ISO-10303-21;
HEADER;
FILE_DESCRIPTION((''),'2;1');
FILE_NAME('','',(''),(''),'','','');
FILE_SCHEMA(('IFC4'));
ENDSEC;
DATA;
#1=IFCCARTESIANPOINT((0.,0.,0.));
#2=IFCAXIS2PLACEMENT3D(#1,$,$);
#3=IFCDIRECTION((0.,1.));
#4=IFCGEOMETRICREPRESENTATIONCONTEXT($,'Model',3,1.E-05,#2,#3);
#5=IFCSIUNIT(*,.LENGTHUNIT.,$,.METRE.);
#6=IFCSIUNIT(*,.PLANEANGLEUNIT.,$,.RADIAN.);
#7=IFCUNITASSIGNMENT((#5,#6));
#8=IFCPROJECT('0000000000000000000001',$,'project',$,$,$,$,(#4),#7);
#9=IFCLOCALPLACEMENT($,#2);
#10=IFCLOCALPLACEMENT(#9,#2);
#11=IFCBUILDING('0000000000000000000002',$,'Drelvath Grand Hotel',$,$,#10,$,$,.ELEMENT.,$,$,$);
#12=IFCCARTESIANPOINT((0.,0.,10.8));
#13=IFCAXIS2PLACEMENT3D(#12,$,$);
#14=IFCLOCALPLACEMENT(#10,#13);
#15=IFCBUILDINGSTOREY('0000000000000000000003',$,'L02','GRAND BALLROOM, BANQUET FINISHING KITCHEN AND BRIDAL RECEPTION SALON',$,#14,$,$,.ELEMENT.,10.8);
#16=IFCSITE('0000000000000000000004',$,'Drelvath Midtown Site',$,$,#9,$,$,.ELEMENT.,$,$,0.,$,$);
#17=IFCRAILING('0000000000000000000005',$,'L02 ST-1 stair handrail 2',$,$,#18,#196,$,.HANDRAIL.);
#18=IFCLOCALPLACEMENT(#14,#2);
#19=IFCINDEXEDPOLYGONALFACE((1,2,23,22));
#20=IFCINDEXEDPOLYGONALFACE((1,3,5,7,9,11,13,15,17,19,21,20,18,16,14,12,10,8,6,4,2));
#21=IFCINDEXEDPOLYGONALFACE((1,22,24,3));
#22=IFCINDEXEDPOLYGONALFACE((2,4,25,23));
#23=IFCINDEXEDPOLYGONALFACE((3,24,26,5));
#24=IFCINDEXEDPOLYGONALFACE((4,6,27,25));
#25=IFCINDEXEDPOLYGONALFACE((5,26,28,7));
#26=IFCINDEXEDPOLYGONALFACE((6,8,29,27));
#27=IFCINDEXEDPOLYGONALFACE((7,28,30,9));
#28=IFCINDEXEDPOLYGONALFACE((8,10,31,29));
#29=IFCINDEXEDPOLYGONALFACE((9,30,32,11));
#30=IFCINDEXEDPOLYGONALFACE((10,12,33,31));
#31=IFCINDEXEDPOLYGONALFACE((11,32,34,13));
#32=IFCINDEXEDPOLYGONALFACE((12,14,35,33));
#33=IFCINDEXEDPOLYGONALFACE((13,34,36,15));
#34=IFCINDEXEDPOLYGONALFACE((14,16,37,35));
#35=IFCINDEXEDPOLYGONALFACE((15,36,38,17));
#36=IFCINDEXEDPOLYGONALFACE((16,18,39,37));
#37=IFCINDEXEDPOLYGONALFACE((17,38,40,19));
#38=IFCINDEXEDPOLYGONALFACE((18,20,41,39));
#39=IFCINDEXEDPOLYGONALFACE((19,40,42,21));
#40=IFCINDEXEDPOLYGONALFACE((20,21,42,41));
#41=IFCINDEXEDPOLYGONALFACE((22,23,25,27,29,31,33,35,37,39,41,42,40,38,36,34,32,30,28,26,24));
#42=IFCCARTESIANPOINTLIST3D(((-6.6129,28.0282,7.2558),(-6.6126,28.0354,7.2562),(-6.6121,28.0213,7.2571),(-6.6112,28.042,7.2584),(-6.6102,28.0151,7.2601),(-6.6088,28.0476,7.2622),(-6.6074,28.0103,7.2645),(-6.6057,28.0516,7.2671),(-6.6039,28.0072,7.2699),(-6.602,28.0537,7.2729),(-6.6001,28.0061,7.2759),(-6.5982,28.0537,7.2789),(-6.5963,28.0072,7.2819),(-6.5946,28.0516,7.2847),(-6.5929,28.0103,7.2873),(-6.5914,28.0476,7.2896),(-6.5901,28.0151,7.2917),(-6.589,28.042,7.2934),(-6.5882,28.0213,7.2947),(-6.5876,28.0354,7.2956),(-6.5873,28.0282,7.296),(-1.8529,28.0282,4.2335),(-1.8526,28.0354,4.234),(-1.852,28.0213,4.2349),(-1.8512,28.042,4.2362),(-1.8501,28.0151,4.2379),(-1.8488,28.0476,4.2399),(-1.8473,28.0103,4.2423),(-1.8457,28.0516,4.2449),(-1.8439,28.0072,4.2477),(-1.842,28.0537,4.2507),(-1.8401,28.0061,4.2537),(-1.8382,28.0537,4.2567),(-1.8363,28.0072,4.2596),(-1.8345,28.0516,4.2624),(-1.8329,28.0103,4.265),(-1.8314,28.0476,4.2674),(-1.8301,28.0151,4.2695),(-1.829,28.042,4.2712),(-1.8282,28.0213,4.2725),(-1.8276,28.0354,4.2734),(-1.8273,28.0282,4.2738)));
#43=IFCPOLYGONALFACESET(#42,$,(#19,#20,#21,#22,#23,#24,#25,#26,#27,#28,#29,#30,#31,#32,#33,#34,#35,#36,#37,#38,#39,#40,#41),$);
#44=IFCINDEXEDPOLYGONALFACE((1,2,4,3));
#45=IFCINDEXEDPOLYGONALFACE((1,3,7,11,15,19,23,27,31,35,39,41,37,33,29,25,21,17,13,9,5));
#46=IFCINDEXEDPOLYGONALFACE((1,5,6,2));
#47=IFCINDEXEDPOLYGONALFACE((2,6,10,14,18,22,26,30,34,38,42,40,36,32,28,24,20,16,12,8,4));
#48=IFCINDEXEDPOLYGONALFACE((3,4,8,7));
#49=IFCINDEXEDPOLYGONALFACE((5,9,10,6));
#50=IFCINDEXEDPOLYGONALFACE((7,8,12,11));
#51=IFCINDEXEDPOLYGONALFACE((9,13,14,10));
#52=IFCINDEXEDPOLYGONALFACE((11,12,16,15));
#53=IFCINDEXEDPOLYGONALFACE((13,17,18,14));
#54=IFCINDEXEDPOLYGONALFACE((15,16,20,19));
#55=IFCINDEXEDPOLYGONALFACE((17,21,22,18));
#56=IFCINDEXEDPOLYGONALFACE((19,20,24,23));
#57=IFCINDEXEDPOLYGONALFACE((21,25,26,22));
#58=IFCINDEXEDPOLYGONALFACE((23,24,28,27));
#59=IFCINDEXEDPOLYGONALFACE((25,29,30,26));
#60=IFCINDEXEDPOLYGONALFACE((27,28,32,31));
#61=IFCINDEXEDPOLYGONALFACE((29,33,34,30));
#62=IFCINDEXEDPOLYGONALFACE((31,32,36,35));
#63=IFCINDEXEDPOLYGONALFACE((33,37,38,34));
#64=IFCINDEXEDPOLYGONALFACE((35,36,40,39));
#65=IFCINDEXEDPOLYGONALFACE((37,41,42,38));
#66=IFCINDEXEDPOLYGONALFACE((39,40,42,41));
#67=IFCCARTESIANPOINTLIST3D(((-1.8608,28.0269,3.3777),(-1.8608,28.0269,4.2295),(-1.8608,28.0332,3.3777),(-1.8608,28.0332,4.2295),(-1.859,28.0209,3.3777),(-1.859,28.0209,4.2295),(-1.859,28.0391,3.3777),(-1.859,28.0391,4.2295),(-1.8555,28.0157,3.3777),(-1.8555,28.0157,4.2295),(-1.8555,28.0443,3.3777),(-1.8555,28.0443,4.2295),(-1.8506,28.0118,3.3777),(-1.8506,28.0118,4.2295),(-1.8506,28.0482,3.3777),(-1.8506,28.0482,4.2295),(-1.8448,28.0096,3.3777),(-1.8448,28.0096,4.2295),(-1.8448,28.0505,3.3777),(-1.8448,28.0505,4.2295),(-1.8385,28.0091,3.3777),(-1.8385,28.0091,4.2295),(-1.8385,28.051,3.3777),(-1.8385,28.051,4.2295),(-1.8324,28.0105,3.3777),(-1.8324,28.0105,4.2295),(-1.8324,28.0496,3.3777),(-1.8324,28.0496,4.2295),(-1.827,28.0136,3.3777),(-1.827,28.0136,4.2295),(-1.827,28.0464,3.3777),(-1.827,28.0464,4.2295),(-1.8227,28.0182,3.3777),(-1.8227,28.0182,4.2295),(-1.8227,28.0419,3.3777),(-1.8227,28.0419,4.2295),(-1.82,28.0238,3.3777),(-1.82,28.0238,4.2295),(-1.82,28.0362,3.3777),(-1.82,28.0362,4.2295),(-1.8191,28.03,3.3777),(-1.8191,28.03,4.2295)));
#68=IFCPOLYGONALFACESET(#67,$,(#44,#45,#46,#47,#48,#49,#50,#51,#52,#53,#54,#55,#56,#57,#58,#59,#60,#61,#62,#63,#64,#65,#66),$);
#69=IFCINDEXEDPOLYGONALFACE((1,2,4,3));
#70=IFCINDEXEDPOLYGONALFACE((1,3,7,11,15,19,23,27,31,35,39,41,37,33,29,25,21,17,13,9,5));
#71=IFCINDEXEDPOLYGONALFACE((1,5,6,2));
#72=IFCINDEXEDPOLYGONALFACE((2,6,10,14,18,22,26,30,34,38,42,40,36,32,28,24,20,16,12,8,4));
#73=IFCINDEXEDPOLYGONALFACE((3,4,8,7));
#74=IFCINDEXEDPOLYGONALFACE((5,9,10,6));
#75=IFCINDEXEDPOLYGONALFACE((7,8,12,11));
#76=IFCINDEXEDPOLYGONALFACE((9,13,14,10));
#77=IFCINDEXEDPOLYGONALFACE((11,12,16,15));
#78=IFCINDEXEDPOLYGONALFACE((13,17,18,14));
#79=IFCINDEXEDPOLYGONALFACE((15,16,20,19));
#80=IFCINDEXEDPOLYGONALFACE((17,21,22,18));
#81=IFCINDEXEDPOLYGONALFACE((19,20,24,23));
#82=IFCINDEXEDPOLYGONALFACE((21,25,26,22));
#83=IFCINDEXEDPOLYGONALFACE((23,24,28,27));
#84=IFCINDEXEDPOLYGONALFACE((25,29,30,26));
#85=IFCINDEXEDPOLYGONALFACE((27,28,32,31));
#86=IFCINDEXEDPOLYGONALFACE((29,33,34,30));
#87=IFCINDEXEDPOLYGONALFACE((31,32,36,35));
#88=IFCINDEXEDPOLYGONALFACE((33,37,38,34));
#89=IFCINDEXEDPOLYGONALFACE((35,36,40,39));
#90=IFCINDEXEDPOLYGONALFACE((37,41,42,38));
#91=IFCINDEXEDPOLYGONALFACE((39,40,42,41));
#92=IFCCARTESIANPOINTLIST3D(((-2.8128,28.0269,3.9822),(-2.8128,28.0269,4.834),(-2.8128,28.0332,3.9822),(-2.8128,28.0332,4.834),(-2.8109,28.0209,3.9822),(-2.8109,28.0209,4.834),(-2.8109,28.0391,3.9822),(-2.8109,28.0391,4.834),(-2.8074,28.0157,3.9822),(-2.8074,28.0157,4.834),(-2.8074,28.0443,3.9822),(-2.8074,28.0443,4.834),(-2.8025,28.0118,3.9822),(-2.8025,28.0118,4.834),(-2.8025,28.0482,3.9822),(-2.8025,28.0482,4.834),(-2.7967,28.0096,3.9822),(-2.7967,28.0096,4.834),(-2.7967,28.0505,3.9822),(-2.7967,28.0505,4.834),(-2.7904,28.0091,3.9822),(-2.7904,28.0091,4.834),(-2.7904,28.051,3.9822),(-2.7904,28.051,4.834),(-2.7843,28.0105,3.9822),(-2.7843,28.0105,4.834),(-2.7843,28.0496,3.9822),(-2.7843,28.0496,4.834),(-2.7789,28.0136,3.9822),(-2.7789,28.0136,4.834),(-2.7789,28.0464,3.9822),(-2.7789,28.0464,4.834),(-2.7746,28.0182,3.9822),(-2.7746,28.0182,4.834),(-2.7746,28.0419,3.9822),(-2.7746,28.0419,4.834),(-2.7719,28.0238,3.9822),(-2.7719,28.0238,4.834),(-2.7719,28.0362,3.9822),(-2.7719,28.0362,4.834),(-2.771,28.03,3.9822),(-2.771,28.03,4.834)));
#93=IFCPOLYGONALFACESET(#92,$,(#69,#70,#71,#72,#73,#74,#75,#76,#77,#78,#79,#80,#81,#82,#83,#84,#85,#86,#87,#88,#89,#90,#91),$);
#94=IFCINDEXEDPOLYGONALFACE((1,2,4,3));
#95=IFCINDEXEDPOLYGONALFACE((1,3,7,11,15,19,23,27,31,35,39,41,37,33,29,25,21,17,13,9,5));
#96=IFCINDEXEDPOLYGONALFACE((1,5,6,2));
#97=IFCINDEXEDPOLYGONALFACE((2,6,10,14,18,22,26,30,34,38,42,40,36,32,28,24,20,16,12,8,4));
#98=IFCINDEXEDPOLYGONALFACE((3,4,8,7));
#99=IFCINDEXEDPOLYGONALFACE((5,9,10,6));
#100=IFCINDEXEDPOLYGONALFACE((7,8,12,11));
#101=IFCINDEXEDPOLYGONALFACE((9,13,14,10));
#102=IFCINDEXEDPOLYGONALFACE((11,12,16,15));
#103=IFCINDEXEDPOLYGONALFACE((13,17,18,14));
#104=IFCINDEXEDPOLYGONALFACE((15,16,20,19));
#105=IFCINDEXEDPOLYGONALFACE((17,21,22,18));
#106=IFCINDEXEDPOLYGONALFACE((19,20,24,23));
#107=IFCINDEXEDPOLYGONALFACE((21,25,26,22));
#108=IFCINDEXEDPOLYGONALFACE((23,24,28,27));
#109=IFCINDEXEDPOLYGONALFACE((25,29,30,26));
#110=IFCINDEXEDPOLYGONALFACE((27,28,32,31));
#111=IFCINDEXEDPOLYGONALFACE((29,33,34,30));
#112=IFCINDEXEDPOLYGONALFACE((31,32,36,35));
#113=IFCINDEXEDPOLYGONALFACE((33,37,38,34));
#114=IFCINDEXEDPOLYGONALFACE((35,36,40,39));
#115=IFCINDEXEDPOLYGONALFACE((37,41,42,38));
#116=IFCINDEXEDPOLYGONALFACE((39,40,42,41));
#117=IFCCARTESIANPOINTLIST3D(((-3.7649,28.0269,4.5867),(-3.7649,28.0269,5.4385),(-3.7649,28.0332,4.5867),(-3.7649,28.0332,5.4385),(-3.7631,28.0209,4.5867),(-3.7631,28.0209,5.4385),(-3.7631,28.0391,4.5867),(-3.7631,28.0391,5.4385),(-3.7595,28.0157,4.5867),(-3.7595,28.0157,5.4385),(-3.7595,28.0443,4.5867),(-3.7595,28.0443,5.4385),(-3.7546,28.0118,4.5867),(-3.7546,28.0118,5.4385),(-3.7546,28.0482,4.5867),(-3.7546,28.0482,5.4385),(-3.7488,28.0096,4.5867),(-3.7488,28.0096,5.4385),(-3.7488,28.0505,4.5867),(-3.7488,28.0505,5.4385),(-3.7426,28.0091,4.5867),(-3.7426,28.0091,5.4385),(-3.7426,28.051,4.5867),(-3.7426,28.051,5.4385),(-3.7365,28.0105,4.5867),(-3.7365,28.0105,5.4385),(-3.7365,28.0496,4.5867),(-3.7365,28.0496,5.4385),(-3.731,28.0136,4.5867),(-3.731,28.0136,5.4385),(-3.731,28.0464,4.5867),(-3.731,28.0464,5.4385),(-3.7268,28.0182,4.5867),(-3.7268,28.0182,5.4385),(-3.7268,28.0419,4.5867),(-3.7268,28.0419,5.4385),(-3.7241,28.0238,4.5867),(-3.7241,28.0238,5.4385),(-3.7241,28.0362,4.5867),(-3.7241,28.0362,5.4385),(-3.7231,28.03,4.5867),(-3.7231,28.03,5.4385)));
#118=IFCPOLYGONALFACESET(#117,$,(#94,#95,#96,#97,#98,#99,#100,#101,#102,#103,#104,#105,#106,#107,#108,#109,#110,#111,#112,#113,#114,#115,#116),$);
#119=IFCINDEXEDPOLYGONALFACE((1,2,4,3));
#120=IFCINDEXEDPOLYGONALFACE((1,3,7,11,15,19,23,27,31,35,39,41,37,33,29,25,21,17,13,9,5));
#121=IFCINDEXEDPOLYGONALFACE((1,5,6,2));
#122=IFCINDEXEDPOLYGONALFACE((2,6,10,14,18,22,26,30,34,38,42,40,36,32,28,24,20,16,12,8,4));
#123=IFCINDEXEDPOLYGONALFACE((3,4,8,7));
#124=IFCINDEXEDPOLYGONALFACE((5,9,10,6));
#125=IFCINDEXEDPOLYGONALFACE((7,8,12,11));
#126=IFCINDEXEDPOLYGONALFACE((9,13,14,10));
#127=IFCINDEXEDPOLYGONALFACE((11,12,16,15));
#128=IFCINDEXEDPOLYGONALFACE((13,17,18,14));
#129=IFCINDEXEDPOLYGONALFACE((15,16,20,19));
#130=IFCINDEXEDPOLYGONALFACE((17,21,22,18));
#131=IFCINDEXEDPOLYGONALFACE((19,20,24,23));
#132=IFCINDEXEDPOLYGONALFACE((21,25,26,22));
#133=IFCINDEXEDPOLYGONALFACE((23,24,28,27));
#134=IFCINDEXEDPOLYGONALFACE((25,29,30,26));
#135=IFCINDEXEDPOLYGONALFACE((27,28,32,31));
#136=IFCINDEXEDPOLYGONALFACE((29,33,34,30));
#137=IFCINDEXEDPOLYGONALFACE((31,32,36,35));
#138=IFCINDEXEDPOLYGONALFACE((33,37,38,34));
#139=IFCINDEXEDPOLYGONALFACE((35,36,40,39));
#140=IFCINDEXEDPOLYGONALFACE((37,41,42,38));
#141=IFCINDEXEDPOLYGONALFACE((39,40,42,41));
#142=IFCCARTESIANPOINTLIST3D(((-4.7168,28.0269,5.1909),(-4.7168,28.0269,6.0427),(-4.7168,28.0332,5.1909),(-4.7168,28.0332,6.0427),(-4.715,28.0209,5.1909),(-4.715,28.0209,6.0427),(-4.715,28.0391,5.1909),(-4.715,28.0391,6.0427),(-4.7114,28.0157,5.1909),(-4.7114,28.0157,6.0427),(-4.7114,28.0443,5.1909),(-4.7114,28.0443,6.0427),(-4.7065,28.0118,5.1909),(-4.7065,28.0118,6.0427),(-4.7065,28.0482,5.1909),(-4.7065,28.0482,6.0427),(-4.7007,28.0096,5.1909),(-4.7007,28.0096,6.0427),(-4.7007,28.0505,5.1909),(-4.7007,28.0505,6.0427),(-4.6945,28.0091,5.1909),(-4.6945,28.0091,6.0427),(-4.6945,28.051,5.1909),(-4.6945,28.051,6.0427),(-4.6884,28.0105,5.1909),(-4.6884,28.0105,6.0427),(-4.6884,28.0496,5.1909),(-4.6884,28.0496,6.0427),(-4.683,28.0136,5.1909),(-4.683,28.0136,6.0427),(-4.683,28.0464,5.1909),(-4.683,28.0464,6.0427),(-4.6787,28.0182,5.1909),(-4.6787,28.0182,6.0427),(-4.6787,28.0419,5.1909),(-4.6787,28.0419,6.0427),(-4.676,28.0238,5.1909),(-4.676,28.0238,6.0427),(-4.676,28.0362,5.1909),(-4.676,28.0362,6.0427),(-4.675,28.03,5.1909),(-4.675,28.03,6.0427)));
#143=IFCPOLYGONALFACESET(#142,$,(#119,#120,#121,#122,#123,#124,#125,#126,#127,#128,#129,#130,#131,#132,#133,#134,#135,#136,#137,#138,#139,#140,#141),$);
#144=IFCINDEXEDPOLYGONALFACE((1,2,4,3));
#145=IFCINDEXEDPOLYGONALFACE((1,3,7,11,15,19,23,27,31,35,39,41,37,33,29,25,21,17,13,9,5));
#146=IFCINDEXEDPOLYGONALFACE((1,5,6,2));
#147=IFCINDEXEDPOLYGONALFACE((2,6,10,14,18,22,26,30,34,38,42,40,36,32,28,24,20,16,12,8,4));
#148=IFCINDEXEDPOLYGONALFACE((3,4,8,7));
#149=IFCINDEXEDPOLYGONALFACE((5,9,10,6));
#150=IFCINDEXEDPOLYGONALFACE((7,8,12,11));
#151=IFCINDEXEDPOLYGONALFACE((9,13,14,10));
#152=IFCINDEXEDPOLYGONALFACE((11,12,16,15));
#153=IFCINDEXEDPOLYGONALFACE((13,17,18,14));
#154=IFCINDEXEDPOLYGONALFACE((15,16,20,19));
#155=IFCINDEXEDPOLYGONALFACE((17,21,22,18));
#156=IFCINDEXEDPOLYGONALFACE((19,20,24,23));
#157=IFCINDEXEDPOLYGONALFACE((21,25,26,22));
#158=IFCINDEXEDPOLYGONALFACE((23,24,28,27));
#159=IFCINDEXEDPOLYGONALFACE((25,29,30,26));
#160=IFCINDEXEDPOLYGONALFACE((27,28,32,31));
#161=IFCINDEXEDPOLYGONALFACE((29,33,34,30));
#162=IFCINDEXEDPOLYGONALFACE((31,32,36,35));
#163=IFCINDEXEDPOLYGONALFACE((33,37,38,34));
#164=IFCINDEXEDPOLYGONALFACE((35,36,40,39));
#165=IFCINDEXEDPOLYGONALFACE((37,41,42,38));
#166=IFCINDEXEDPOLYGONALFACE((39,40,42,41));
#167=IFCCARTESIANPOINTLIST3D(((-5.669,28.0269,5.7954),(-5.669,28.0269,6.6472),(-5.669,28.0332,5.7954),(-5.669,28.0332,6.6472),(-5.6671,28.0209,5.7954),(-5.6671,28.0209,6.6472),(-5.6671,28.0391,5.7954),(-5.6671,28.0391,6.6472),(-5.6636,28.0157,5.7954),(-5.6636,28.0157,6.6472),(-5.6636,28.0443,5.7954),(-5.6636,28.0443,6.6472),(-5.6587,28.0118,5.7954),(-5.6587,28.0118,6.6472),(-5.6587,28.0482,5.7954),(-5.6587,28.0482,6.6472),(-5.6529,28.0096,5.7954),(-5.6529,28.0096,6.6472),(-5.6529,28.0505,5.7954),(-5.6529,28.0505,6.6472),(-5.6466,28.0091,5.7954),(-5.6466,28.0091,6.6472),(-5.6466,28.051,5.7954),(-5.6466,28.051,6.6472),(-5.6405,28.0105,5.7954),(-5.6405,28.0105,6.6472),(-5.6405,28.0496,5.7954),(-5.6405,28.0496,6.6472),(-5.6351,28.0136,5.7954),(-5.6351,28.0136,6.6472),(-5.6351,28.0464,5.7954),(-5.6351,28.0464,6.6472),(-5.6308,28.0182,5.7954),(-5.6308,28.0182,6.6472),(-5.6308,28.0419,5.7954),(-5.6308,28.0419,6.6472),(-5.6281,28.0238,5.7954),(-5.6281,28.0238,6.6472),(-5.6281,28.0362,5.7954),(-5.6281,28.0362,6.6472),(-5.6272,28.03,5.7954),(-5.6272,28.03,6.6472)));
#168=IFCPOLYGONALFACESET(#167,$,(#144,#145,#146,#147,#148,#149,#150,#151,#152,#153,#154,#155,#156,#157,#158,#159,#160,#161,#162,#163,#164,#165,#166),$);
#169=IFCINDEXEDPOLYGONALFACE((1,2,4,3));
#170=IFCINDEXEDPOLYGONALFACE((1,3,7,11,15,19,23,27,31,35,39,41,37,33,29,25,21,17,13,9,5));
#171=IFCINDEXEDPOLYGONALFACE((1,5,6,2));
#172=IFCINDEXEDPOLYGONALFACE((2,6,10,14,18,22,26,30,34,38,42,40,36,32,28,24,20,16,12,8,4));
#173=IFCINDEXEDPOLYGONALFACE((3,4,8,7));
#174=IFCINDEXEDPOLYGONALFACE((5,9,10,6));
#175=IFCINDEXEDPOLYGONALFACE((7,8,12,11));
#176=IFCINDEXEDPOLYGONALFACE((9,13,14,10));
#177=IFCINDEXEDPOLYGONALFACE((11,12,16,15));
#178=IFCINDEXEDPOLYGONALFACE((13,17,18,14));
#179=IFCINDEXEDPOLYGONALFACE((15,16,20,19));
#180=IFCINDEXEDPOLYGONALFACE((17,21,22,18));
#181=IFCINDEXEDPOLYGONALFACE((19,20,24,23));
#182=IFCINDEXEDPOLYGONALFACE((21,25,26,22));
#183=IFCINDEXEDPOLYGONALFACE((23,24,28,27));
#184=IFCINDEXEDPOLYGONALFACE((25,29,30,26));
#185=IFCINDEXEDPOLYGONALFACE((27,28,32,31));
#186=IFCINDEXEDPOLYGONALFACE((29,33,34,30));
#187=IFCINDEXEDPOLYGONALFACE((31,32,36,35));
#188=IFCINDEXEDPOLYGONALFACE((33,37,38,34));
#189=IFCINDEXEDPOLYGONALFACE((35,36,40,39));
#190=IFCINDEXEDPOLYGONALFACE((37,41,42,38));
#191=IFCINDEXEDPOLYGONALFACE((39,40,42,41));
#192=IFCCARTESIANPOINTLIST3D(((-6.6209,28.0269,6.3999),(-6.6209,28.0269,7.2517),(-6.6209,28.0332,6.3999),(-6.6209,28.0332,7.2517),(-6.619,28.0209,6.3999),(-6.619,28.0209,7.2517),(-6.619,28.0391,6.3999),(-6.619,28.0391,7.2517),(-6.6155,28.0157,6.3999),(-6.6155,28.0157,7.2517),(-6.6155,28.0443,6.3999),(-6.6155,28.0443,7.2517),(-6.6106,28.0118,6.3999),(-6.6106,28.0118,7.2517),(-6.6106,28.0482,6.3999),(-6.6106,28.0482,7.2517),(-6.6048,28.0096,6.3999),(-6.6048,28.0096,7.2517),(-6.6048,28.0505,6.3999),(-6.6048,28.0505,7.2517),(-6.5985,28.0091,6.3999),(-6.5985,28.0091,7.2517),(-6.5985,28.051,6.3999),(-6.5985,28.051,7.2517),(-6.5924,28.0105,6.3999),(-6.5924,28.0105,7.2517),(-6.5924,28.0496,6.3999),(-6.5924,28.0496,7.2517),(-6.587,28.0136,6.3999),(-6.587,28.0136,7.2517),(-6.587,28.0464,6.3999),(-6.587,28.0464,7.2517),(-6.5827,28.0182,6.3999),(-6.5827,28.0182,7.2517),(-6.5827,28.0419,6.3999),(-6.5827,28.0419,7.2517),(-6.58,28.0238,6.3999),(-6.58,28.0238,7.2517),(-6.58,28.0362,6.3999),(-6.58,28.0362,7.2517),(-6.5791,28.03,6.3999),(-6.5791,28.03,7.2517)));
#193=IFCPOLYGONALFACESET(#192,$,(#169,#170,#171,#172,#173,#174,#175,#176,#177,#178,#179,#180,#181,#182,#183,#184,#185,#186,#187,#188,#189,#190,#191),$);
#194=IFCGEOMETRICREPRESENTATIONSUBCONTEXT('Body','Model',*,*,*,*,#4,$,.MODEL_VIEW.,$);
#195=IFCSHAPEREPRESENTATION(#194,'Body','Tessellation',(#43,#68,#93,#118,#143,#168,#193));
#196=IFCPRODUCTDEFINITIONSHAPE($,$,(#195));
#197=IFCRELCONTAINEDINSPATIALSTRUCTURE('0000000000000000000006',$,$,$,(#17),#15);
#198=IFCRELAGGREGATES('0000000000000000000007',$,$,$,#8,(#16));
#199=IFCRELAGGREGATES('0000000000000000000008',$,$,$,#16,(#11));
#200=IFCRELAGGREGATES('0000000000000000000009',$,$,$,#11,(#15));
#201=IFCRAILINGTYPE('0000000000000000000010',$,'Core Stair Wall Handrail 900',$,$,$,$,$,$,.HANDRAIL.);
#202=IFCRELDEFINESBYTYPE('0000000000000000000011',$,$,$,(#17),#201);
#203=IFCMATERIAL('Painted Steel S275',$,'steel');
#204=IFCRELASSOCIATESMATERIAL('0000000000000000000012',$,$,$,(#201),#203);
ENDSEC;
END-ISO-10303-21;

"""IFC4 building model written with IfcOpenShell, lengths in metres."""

from ifc_helpers import new_model, si_unit, direction, frame, origin, origin_2d, place, context, subcontext, project, spatial, circle, extrude, material, type_object, element, save


model = new_model("IFC4")

# Units and contexts
model_context = context("Model", 3, precision=1e-05, world=origin(), true_north=direction((0.0, 1.0)))
body_context = subcontext(model_context, "Body", "Model", "MODEL_VIEW")
ifc_project = project(units=[si_unit("LENGTHUNIT", "METRE"), si_unit("PLANEANGLEUNIT", "RADIAN")], contexts=[model_context])

# Site, building, storey
site_placement = place(None, origin())
site = spatial("IfcSite", under=ifc_project, at=site_placement, Name="Drelvath Midtown Site", CompositionType="ELEMENT", RefElevation=0.0)
building_placement = place(site_placement, origin())
building = spatial("IfcBuilding", under=site, at=building_placement, Name="Drelvath Grand Hotel", CompositionType="ELEMENT")
storey_placement = place(building_placement, frame((0.0, 0.0, 10.8)))
storey = spatial("IfcBuildingStorey", under=building, at=storey_placement, Name="L02", Description="GRAND BALLROOM, BANQUET FINISHING KITCHEN AND BRIDAL RECEPTION SALON", CompositionType="ELEMENT", Elevation=10.8)

# Shared definitions
ifc_material_1 = material(Name="Painted Steel S275", Category="steel")

# Railing
railing_type_1 = type_object("IfcRailingType", Name="Core Stair Wall Handrail 900", PredefinedType="HANDRAIL", material=ifc_material_1)
railing_1_placement = place(storey_placement, frame((-1.8401, 28.03, 3.3777)))
element("IfcRailing", 1, at=railing_1_placement, inside=storey, type_object=railing_type_1, Name="L02 ST-1 stair handrail 2", PredefinedType="HANDRAIL", context=body_context, shape_type="SweptSolid", body=[
    extrude(circle(Radius=0.0239, at=origin_2d()), frame((0.0, 0.0, 0.876), z_axis=(-0.844214, 0.0, 0.536007), x_axis=(0.0, -1.0, 0.0)), (0.0, 0.0, 1.0), 5.6384),
    extrude(circle(Radius=0.021, at=origin_2d()), origin(), (0.0, 0.0, 1.0), 0.8518),
    extrude(circle(Radius=0.021, at=origin_2d()), frame((-0.9519, 0.0, 0.6045)), (0.0, 0.0, 1.0), 0.8518),
    extrude(circle(Radius=0.021, at=origin_2d()), frame((-1.9041, 0.0, 1.209)), (0.0, 0.0, 1.0), 0.8518),
    extrude(circle(Radius=0.021, at=origin_2d()), frame((-2.856, 0.0, 1.8132)), (0.0, 0.0, 1.0), 0.8518),
    extrude(circle(Radius=0.021, at=origin_2d()), frame((-3.8081, 0.0, 2.4177)), (0.0, 0.0, 1.0), 0.8518),
    extrude(circle(Radius=0.021, at=origin_2d()), frame((-4.76, 0.0, 3.0222)), (0.0, 0.0, 1.0), 0.8518),
])

save(model, "model.ifc")
